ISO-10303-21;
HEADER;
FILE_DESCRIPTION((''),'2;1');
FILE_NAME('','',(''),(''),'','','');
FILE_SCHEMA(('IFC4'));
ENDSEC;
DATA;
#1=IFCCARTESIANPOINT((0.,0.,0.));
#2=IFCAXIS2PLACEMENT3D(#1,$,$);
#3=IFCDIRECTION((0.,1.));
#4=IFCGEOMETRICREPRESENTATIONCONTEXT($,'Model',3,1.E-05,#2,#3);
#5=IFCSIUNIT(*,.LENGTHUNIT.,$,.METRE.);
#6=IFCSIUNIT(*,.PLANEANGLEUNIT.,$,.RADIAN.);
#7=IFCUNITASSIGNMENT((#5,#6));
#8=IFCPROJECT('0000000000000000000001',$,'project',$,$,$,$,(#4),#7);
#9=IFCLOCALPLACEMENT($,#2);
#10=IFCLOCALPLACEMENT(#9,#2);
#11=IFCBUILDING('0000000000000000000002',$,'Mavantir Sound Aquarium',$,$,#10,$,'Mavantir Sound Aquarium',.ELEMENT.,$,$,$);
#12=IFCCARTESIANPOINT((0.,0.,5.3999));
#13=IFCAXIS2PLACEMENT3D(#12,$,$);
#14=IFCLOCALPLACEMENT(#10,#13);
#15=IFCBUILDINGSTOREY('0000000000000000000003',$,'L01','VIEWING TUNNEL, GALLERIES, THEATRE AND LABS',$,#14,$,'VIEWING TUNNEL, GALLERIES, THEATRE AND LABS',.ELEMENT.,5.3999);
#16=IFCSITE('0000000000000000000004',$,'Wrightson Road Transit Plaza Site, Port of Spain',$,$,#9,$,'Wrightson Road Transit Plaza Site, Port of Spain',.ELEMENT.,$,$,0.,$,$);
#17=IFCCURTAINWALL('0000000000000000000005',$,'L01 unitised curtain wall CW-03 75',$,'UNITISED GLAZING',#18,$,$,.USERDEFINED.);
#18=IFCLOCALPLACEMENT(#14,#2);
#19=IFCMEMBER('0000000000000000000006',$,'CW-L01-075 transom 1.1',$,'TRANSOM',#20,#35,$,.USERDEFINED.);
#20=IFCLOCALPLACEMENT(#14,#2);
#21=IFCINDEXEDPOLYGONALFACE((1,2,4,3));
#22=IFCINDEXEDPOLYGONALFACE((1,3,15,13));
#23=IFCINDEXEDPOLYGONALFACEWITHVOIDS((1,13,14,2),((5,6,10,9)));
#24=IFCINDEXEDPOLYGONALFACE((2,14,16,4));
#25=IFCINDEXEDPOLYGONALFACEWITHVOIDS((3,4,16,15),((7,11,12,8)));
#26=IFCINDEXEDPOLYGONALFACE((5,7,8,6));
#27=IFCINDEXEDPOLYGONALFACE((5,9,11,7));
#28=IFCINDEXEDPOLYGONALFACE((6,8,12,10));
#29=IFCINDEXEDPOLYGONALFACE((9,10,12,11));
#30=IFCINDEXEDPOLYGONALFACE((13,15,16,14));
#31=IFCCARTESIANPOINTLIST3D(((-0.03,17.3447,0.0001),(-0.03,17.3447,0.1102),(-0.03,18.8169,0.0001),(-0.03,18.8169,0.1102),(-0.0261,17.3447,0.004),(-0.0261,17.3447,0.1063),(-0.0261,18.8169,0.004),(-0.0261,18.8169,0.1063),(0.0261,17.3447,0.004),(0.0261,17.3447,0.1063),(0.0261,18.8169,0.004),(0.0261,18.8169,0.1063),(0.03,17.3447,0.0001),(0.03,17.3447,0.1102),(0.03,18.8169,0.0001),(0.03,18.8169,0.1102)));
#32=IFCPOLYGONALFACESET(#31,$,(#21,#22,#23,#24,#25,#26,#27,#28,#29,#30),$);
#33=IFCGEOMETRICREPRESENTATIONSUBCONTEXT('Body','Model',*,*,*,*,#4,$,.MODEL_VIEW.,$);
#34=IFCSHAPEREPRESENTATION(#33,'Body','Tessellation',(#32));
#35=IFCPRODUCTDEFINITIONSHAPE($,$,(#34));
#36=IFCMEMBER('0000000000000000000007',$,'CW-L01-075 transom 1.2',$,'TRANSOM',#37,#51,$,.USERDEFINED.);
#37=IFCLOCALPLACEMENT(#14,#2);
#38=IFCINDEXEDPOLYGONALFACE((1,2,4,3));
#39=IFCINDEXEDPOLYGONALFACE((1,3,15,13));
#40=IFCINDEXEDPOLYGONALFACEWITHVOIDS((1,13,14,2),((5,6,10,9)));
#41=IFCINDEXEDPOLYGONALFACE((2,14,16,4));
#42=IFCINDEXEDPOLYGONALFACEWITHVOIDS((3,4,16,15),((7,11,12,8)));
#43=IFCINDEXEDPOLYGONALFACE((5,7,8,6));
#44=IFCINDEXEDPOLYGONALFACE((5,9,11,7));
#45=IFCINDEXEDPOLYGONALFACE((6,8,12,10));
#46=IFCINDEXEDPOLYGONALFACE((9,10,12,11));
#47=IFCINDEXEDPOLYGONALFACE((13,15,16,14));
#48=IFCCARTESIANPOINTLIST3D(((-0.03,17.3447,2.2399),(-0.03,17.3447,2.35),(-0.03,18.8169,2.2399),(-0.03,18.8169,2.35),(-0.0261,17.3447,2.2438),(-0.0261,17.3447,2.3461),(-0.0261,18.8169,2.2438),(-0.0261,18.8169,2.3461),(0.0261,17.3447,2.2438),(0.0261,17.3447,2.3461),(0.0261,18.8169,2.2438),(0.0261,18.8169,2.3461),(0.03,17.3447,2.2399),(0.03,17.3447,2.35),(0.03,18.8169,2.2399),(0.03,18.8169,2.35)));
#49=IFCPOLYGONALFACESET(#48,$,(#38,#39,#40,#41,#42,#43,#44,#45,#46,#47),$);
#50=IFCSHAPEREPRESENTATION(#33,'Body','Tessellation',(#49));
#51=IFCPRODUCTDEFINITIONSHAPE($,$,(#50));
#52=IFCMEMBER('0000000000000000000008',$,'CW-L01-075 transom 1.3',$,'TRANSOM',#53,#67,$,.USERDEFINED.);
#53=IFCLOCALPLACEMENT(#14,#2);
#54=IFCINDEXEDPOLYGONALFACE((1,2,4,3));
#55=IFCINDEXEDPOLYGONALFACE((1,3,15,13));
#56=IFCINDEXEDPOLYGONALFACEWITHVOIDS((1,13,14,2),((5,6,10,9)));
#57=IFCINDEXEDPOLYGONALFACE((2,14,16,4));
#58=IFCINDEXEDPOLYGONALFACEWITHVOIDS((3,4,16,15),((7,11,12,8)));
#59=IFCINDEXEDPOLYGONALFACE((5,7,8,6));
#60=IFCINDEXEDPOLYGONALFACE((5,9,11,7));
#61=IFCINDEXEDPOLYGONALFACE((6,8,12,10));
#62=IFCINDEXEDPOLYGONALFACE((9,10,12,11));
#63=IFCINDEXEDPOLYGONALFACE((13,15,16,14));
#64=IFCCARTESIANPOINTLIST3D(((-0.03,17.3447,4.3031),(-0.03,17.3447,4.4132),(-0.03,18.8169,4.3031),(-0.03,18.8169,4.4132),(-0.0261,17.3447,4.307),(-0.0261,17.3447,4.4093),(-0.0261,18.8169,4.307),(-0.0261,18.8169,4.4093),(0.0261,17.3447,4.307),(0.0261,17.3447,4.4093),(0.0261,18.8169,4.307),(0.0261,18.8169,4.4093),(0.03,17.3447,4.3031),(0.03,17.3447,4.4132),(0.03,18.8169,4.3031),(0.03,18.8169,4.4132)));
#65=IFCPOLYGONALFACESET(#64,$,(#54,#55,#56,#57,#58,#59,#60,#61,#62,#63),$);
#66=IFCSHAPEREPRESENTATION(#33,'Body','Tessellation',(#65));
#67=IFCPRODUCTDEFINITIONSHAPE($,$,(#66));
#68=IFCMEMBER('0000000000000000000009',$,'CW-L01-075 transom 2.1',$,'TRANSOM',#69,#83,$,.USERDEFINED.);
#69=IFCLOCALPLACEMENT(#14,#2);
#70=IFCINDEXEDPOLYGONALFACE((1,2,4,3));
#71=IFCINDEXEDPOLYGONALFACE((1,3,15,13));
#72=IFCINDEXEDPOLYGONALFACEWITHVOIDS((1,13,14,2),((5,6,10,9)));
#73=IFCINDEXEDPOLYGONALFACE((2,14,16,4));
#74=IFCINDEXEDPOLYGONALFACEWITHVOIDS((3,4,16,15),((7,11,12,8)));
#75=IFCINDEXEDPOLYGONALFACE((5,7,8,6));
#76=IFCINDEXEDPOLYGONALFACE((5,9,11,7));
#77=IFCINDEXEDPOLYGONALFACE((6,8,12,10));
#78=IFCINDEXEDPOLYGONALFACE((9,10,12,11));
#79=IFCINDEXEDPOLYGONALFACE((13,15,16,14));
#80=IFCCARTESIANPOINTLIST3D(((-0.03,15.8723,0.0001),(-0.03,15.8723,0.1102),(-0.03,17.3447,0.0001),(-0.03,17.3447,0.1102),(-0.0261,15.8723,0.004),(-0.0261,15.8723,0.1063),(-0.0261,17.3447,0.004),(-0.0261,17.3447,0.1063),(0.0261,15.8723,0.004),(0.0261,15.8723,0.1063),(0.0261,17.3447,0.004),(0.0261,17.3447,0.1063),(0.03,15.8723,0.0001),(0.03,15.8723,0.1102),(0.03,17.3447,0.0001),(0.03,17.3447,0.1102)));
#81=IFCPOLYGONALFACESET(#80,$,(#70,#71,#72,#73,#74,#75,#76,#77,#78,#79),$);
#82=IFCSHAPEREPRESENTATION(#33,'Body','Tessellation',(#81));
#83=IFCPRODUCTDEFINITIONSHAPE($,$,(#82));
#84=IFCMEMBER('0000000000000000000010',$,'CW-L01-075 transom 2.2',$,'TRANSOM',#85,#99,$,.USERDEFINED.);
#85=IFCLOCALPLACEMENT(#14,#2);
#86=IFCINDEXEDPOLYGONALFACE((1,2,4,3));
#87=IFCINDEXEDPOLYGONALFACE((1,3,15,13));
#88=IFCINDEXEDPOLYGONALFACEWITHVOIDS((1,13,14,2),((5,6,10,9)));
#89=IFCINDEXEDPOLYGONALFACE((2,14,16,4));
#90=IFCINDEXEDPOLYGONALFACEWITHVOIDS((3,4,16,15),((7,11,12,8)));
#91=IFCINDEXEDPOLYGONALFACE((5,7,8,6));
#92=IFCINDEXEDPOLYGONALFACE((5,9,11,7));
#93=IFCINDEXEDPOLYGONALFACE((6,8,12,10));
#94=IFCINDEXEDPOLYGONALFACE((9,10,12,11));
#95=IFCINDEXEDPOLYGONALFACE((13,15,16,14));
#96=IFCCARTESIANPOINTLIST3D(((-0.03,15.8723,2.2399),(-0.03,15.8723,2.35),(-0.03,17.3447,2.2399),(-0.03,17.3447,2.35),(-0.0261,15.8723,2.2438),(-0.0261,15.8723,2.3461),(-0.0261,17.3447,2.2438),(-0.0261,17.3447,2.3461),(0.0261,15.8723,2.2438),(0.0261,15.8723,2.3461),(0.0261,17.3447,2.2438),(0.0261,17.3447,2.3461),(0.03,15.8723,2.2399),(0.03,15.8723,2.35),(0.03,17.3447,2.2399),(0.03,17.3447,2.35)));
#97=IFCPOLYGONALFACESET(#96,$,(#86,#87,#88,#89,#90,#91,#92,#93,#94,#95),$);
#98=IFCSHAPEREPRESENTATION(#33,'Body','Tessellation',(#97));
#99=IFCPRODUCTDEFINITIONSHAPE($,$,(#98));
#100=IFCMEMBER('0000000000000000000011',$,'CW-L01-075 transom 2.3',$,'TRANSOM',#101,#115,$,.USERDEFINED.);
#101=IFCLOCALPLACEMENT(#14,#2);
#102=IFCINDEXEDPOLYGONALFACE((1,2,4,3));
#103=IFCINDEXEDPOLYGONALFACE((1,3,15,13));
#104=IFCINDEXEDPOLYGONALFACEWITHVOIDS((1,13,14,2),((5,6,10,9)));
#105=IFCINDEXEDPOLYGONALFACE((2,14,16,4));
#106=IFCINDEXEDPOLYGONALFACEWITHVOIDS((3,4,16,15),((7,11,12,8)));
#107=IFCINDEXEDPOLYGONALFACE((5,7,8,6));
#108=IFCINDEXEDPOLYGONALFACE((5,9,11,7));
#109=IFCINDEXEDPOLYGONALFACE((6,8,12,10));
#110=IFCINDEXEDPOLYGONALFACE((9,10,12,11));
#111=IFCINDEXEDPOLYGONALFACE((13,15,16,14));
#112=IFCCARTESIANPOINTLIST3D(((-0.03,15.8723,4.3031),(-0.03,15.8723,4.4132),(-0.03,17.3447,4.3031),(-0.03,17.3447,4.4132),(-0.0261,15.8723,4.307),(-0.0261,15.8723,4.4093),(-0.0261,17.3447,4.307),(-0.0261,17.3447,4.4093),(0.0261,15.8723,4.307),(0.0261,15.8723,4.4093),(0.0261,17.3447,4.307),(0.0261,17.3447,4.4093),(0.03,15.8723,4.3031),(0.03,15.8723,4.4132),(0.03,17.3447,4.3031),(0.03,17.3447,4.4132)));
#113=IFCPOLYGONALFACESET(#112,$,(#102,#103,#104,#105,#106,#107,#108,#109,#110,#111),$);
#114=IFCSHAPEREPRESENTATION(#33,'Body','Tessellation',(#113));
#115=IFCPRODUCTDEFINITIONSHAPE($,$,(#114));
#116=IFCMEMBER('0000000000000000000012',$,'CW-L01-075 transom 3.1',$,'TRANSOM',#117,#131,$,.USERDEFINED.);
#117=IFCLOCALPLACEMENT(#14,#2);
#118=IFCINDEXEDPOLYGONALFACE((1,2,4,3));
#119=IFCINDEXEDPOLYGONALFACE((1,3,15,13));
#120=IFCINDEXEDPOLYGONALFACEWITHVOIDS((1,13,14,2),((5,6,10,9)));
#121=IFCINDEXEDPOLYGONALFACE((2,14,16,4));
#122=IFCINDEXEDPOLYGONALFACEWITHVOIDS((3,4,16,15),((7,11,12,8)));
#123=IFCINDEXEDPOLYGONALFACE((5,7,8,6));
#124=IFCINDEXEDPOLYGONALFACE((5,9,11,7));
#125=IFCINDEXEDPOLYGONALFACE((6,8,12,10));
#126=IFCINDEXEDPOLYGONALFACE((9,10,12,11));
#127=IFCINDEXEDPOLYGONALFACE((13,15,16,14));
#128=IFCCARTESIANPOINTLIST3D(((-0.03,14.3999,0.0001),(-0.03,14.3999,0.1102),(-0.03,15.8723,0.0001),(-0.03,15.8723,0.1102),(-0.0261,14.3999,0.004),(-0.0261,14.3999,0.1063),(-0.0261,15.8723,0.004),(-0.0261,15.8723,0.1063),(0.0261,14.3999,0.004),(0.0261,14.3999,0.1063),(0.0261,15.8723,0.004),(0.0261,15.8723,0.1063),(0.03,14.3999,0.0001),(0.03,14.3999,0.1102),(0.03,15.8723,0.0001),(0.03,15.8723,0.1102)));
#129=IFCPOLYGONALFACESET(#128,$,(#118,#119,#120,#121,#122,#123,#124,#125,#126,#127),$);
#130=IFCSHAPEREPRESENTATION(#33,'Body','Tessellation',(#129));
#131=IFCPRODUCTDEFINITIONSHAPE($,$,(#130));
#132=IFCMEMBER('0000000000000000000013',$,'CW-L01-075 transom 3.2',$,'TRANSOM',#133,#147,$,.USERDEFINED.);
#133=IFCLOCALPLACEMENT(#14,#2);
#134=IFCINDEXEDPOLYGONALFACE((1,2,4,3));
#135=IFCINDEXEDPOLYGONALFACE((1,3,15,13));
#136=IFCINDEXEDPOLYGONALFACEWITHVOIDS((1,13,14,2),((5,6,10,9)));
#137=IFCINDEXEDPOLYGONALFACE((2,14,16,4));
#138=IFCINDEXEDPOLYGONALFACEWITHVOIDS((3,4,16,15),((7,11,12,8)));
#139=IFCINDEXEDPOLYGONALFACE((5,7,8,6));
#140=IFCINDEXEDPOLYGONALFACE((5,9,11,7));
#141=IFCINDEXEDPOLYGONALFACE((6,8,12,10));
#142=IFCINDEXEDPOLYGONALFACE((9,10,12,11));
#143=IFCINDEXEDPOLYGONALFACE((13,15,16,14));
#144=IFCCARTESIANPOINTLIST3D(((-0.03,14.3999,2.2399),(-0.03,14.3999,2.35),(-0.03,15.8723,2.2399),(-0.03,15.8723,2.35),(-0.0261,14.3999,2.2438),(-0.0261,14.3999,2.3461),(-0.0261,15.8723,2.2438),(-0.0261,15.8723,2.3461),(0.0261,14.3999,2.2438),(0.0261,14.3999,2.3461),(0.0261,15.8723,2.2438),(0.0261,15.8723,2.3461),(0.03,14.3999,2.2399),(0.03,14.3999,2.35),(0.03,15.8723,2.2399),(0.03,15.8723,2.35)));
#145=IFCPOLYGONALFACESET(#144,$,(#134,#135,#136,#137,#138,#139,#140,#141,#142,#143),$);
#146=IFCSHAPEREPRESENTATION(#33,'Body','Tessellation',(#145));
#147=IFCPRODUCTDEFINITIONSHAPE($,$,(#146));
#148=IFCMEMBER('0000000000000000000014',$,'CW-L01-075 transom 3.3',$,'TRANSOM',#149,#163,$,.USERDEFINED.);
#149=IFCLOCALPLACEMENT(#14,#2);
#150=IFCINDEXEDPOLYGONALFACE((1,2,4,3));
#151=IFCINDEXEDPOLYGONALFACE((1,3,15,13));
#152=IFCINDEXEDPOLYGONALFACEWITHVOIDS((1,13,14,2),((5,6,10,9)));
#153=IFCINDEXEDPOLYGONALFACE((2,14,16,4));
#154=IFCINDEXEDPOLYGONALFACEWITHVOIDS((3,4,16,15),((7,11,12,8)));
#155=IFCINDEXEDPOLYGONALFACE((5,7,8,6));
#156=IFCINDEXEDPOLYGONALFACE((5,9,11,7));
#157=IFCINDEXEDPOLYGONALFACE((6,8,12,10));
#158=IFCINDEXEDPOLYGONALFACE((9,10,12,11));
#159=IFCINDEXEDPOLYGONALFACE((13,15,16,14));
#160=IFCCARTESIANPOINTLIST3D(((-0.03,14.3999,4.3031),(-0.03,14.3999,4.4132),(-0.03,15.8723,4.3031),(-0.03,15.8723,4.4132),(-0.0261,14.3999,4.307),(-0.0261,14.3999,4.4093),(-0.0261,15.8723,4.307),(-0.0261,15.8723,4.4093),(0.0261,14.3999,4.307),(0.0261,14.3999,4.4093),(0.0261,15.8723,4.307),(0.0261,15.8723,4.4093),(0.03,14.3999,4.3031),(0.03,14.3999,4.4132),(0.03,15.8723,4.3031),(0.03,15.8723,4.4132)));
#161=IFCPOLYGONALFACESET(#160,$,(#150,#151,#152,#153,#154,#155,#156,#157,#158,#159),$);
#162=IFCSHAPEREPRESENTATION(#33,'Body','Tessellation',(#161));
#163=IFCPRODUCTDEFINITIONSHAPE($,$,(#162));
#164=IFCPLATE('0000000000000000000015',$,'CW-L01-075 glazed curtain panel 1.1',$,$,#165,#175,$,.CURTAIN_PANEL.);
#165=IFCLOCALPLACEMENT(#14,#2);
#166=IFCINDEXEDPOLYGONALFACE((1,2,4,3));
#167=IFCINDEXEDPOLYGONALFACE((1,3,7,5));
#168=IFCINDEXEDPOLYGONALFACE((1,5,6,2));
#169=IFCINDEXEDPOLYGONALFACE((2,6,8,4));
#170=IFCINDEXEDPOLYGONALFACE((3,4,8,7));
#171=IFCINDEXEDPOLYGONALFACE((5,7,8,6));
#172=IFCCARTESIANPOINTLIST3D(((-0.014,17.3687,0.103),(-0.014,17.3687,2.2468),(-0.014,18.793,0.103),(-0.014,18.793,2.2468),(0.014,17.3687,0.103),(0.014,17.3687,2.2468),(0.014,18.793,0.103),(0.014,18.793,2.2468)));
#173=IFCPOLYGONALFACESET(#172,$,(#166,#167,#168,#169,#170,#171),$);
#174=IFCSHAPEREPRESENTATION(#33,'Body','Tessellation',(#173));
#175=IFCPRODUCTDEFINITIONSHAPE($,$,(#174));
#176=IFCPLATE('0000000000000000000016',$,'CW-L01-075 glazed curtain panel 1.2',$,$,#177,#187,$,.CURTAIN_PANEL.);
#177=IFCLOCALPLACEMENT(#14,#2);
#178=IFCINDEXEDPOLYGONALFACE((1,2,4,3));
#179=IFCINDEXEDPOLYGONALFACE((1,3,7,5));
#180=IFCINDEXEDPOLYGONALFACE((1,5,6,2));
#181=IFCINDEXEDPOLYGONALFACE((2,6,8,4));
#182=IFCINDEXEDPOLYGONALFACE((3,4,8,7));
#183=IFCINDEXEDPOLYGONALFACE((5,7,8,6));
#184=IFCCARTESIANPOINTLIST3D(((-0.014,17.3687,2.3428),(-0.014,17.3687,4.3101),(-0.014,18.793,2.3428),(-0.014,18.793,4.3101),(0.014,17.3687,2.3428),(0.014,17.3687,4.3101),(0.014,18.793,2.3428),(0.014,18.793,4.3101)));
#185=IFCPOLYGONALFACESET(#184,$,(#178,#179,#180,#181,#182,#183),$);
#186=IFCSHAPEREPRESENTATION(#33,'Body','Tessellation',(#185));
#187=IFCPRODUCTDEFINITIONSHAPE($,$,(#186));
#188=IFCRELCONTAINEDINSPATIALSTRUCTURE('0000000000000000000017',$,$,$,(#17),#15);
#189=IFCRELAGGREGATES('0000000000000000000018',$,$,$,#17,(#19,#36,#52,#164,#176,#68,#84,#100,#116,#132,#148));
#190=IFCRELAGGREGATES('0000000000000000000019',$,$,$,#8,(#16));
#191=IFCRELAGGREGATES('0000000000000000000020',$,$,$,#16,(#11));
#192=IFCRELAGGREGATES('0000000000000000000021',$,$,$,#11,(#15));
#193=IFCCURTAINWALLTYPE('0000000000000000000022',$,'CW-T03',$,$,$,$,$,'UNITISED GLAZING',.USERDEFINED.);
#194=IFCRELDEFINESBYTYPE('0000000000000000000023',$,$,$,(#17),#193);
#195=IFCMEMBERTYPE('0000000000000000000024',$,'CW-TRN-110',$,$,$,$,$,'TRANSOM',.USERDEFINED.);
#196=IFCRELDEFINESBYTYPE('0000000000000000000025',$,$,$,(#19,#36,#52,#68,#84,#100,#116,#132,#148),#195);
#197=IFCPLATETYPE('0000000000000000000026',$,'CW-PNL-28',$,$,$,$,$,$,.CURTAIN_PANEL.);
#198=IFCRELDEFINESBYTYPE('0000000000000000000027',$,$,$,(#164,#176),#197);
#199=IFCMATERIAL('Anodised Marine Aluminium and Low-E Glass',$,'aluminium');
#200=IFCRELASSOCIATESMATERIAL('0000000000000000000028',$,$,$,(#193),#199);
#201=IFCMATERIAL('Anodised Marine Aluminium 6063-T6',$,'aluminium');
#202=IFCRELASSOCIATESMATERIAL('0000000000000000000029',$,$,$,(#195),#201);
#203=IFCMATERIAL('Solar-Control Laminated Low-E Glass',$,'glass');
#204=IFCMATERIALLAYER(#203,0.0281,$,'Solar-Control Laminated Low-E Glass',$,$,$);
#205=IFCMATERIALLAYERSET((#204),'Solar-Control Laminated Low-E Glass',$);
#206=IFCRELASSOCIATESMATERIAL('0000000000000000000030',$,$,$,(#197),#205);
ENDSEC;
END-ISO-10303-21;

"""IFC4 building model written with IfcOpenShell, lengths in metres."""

from ifc_helpers import new_model, si_unit, direction, frame, origin, origin_2d, place, context, subcontext, project, spatial, rectangle, hollow_rectangle, extrude, material, layer, layer_set, material_profile, profile_set, type_object, element, aggregate, save


model = new_model("IFC4")

# Units and contexts
model_context = context("Model", 3, precision=1e-05, world=origin(), true_north=direction((0.0, 1.0)))
body_context = subcontext(model_context, "Body", "Model", "MODEL_VIEW")
ifc_project = project(units=[si_unit("LENGTHUNIT", "METRE"), si_unit("PLANEANGLEUNIT", "RADIAN")], contexts=[model_context])

# Site, building, storey
site_placement = place(None, origin())
site = spatial("IfcSite", under=ifc_project, at=site_placement, Name="Wrightson Road Transit Plaza Site, Port of Spain", LongName="Wrightson Road Transit Plaza Site, Port of Spain", CompositionType="ELEMENT", RefElevation=0.0)
building_placement = place(site_placement, origin())
building = spatial("IfcBuilding", under=site, at=building_placement, Name="Mavantir Sound Aquarium", LongName="Mavantir Sound Aquarium", CompositionType="ELEMENT")
storey_placement = place(building_placement, frame((0.0, 0.0, 5.3999)))
storey = spatial("IfcBuildingStorey", under=building, at=storey_placement, Name="L01", Description="VIEWING TUNNEL, GALLERIES, THEATRE AND LABS", LongName="VIEWING TUNNEL, GALLERIES, THEATRE AND LABS", CompositionType="ELEMENT", Elevation=5.3999)

# Curtain wall
ifc_material_1 = material(Name="Anodised Marine Aluminium and Low-E Glass", Category="aluminium")
curtain_wall_type_1 = type_object("IfcCurtainWallType", Name="CW-T03", ElementType="UNITISED GLAZING", PredefinedType="USERDEFINED", material=ifc_material_1)
curtain_wall_1_placement = place(storey_placement, origin())
curtain_wall_1 = element("IfcCurtainWall", 1, at=curtain_wall_1_placement, inside=storey, type_object=curtain_wall_type_1, Name="L01 unitised curtain wall CW-03 75", ObjectType="UNITISED GLAZING", PredefinedType="USERDEFINED")
ifc_material_2 = material(Name="Anodised Marine Aluminium 6063-T6", Category="aluminium")
ifc_material_profile_1 = material_profile(ifc_material_2, hollow_rectangle(XDim=0.0601, YDim=0.1101, WallThickness=0.0039, at=origin_2d()), Name="ALU-TRANSOM-110X60")
ifc_profile_set_1 = profile_set([ifc_material_profile_1], Name="Anodised Marine Aluminium 6063-T6")
member_type_1 = type_object("IfcMemberType", Name="CW-TRN-110", ElementType="TRANSOM", PredefinedType="USERDEFINED", material=ifc_profile_set_1)

# Members
member_1_placement = place(storey_placement, frame((0.0, 18.8169, 0.0552), z_axis=(0.0, -1.0, 0.0), x_axis=(1.0, 0.0, 0.0)))
member_1 = element("IfcMember", 2, at=member_1_placement, type_object=member_type_1, Name="CW-L01-075 transom 1.1", ObjectType="TRANSOM", PredefinedType="USERDEFINED", context=body_context, shape_type="SweptSolid", body=[
    extrude(hollow_rectangle(XDim=0.0601, YDim=0.1101, WallThickness=0.0039, at=origin_2d()), origin(), (0.0, 0.0, 1.0), 1.4722),
])
member_2_placement = place(storey_placement, frame((0.0, 18.8169, 2.2949), z_axis=(0.0, -1.0, 0.0), x_axis=(1.0, 0.0, 0.0)))
member_2 = element("IfcMember", 3, at=member_2_placement, type_object=member_type_1, Name="CW-L01-075 transom 1.2", ObjectType="TRANSOM", PredefinedType="USERDEFINED", context=body_context, shape_type="SweptSolid", body=[
    extrude(hollow_rectangle(XDim=0.0601, YDim=0.1101, WallThickness=0.0039, at=origin_2d()), origin(), (0.0, 0.0, 1.0), 1.4722),
])
member_3_placement = place(storey_placement, frame((0.0, 18.8169, 4.3582), z_axis=(0.0, -1.0, 0.0), x_axis=(1.0, 0.0, 0.0)))
member_3 = element("IfcMember", 4, at=member_3_placement, type_object=member_type_1, Name="CW-L01-075 transom 1.3", ObjectType="TRANSOM", PredefinedType="USERDEFINED", context=body_context, shape_type="SweptSolid", body=[
    extrude(hollow_rectangle(XDim=0.0601, YDim=0.1101, WallThickness=0.0039, at=origin_2d()), origin(), (0.0, 0.0, 1.0), 1.4722),
])
member_4_placement = place(storey_placement, frame((0.0, 17.3447, 0.0552), z_axis=(0.0, -1.0, 0.0), x_axis=(1.0, 0.0, 0.0)))
member_4 = element("IfcMember", 5, at=member_4_placement, type_object=member_type_1, Name="CW-L01-075 transom 2.1", ObjectType="TRANSOM", PredefinedType="USERDEFINED", context=body_context, shape_type="SweptSolid", body=[
    extrude(hollow_rectangle(XDim=0.0601, YDim=0.1101, WallThickness=0.0039, at=origin_2d()), origin(), (0.0, 0.0, 1.0), 1.4724),
])
member_5_placement = place(storey_placement, frame((0.0, 17.3447, 2.2949), z_axis=(0.0, -1.0, 0.0), x_axis=(1.0, 0.0, 0.0)))
member_5 = element("IfcMember", 6, at=member_5_placement, type_object=member_type_1, Name="CW-L01-075 transom 2.2", ObjectType="TRANSOM", PredefinedType="USERDEFINED", context=body_context, shape_type="SweptSolid", body=[
    extrude(hollow_rectangle(XDim=0.0601, YDim=0.1101, WallThickness=0.0039, at=origin_2d()), origin(), (0.0, 0.0, 1.0), 1.4724),
])
member_6_placement = place(storey_placement, frame((0.0, 17.3447, 4.3582), z_axis=(0.0, -1.0, 0.0), x_axis=(1.0, 0.0, 0.0)))
member_6 = element("IfcMember", 7, at=member_6_placement, type_object=member_type_1, Name="CW-L01-075 transom 2.3", ObjectType="TRANSOM", PredefinedType="USERDEFINED", context=body_context, shape_type="SweptSolid", body=[
    extrude(hollow_rectangle(XDim=0.0601, YDim=0.1101, WallThickness=0.0039, at=origin_2d()), origin(), (0.0, 0.0, 1.0), 1.4724),
])
member_7_placement = place(storey_placement, frame((0.0, 15.8723, 0.0552), z_axis=(0.0, -1.0, 0.0), x_axis=(1.0, 0.0, 0.0)))
member_7 = element("IfcMember", 8, at=member_7_placement, type_object=member_type_1, Name="CW-L01-075 transom 3.1", ObjectType="TRANSOM", PredefinedType="USERDEFINED", context=body_context, shape_type="SweptSolid", body=[
    extrude(hollow_rectangle(XDim=0.0601, YDim=0.1101, WallThickness=0.0039, at=origin_2d()), origin(), (0.0, 0.0, 1.0), 1.4724),
])
member_8_placement = place(storey_placement, frame((0.0, 15.8723, 2.2949), z_axis=(0.0, -1.0, 0.0), x_axis=(1.0, 0.0, 0.0)))
member_8 = element("IfcMember", 9, at=member_8_placement, type_object=member_type_1, Name="CW-L01-075 transom 3.2", ObjectType="TRANSOM", PredefinedType="USERDEFINED", context=body_context, shape_type="SweptSolid", body=[
    extrude(hollow_rectangle(XDim=0.0601, YDim=0.1101, WallThickness=0.0039, at=origin_2d()), origin(), (0.0, 0.0, 1.0), 1.4724),
])
member_9_placement = place(storey_placement, frame((0.0, 15.8723, 4.3582), z_axis=(0.0, -1.0, 0.0), x_axis=(1.0, 0.0, 0.0)))
member_9 = element("IfcMember", 10, at=member_9_placement, type_object=member_type_1, Name="CW-L01-075 transom 3.3", ObjectType="TRANSOM", PredefinedType="USERDEFINED", context=body_context, shape_type="SweptSolid", body=[
    extrude(hollow_rectangle(XDim=0.0601, YDim=0.1101, WallThickness=0.0039, at=origin_2d()), origin(), (0.0, 0.0, 1.0), 1.4724),
])

# Plates
ifc_material_3 = material(Name="Solar-Control Laminated Low-E Glass", Category="glass")
ifc_layer_1 = layer(ifc_material_3, 0.0281, Name="Solar-Control Laminated Low-E Glass")
ifc_layer_set_1 = layer_set([ifc_layer_1], Name="Solar-Control Laminated Low-E Glass")
plate_type_1 = type_object("IfcPlateType", Name="CW-PNL-28", PredefinedType="CURTAIN_PANEL", material=ifc_layer_set_1)
plate_1_placement = place(storey_placement, frame((0.0, 18.0808, 0.103), z_axis=(0.0, 0.0, 1.0), x_axis=(0.0, -1.0, 0.0)))
plate_1 = element("IfcPlate", 11, at=plate_1_placement, type_object=plate_type_1, Name="CW-L01-075 glazed curtain panel 1.1", PredefinedType="CURTAIN_PANEL", context=body_context, shape_type="SweptSolid", body=[
    extrude(rectangle(XDim=1.4243, YDim=0.0281, at=origin_2d()), origin(), (0.0, 0.0, 1.0), 2.1438),
])
plate_2_placement = place(storey_placement, frame((0.0, 18.0808, 2.3428), z_axis=(0.0, 0.0, 1.0), x_axis=(0.0, -1.0, 0.0)))
plate_2 = element("IfcPlate", 12, at=plate_2_placement, type_object=plate_type_1, Name="CW-L01-075 glazed curtain panel 1.2", PredefinedType="CURTAIN_PANEL", context=body_context, shape_type="SweptSolid", body=[
    extrude(rectangle(XDim=1.4243, YDim=0.0281, at=origin_2d()), origin(), (0.0, 0.0, 1.0), 1.9673),
])
aggregate(curtain_wall_1, [member_1, member_2, member_3, plate_1, plate_2, member_4, member_5, member_6, member_7, member_8, member_9])

save(model, "model.ifc")
